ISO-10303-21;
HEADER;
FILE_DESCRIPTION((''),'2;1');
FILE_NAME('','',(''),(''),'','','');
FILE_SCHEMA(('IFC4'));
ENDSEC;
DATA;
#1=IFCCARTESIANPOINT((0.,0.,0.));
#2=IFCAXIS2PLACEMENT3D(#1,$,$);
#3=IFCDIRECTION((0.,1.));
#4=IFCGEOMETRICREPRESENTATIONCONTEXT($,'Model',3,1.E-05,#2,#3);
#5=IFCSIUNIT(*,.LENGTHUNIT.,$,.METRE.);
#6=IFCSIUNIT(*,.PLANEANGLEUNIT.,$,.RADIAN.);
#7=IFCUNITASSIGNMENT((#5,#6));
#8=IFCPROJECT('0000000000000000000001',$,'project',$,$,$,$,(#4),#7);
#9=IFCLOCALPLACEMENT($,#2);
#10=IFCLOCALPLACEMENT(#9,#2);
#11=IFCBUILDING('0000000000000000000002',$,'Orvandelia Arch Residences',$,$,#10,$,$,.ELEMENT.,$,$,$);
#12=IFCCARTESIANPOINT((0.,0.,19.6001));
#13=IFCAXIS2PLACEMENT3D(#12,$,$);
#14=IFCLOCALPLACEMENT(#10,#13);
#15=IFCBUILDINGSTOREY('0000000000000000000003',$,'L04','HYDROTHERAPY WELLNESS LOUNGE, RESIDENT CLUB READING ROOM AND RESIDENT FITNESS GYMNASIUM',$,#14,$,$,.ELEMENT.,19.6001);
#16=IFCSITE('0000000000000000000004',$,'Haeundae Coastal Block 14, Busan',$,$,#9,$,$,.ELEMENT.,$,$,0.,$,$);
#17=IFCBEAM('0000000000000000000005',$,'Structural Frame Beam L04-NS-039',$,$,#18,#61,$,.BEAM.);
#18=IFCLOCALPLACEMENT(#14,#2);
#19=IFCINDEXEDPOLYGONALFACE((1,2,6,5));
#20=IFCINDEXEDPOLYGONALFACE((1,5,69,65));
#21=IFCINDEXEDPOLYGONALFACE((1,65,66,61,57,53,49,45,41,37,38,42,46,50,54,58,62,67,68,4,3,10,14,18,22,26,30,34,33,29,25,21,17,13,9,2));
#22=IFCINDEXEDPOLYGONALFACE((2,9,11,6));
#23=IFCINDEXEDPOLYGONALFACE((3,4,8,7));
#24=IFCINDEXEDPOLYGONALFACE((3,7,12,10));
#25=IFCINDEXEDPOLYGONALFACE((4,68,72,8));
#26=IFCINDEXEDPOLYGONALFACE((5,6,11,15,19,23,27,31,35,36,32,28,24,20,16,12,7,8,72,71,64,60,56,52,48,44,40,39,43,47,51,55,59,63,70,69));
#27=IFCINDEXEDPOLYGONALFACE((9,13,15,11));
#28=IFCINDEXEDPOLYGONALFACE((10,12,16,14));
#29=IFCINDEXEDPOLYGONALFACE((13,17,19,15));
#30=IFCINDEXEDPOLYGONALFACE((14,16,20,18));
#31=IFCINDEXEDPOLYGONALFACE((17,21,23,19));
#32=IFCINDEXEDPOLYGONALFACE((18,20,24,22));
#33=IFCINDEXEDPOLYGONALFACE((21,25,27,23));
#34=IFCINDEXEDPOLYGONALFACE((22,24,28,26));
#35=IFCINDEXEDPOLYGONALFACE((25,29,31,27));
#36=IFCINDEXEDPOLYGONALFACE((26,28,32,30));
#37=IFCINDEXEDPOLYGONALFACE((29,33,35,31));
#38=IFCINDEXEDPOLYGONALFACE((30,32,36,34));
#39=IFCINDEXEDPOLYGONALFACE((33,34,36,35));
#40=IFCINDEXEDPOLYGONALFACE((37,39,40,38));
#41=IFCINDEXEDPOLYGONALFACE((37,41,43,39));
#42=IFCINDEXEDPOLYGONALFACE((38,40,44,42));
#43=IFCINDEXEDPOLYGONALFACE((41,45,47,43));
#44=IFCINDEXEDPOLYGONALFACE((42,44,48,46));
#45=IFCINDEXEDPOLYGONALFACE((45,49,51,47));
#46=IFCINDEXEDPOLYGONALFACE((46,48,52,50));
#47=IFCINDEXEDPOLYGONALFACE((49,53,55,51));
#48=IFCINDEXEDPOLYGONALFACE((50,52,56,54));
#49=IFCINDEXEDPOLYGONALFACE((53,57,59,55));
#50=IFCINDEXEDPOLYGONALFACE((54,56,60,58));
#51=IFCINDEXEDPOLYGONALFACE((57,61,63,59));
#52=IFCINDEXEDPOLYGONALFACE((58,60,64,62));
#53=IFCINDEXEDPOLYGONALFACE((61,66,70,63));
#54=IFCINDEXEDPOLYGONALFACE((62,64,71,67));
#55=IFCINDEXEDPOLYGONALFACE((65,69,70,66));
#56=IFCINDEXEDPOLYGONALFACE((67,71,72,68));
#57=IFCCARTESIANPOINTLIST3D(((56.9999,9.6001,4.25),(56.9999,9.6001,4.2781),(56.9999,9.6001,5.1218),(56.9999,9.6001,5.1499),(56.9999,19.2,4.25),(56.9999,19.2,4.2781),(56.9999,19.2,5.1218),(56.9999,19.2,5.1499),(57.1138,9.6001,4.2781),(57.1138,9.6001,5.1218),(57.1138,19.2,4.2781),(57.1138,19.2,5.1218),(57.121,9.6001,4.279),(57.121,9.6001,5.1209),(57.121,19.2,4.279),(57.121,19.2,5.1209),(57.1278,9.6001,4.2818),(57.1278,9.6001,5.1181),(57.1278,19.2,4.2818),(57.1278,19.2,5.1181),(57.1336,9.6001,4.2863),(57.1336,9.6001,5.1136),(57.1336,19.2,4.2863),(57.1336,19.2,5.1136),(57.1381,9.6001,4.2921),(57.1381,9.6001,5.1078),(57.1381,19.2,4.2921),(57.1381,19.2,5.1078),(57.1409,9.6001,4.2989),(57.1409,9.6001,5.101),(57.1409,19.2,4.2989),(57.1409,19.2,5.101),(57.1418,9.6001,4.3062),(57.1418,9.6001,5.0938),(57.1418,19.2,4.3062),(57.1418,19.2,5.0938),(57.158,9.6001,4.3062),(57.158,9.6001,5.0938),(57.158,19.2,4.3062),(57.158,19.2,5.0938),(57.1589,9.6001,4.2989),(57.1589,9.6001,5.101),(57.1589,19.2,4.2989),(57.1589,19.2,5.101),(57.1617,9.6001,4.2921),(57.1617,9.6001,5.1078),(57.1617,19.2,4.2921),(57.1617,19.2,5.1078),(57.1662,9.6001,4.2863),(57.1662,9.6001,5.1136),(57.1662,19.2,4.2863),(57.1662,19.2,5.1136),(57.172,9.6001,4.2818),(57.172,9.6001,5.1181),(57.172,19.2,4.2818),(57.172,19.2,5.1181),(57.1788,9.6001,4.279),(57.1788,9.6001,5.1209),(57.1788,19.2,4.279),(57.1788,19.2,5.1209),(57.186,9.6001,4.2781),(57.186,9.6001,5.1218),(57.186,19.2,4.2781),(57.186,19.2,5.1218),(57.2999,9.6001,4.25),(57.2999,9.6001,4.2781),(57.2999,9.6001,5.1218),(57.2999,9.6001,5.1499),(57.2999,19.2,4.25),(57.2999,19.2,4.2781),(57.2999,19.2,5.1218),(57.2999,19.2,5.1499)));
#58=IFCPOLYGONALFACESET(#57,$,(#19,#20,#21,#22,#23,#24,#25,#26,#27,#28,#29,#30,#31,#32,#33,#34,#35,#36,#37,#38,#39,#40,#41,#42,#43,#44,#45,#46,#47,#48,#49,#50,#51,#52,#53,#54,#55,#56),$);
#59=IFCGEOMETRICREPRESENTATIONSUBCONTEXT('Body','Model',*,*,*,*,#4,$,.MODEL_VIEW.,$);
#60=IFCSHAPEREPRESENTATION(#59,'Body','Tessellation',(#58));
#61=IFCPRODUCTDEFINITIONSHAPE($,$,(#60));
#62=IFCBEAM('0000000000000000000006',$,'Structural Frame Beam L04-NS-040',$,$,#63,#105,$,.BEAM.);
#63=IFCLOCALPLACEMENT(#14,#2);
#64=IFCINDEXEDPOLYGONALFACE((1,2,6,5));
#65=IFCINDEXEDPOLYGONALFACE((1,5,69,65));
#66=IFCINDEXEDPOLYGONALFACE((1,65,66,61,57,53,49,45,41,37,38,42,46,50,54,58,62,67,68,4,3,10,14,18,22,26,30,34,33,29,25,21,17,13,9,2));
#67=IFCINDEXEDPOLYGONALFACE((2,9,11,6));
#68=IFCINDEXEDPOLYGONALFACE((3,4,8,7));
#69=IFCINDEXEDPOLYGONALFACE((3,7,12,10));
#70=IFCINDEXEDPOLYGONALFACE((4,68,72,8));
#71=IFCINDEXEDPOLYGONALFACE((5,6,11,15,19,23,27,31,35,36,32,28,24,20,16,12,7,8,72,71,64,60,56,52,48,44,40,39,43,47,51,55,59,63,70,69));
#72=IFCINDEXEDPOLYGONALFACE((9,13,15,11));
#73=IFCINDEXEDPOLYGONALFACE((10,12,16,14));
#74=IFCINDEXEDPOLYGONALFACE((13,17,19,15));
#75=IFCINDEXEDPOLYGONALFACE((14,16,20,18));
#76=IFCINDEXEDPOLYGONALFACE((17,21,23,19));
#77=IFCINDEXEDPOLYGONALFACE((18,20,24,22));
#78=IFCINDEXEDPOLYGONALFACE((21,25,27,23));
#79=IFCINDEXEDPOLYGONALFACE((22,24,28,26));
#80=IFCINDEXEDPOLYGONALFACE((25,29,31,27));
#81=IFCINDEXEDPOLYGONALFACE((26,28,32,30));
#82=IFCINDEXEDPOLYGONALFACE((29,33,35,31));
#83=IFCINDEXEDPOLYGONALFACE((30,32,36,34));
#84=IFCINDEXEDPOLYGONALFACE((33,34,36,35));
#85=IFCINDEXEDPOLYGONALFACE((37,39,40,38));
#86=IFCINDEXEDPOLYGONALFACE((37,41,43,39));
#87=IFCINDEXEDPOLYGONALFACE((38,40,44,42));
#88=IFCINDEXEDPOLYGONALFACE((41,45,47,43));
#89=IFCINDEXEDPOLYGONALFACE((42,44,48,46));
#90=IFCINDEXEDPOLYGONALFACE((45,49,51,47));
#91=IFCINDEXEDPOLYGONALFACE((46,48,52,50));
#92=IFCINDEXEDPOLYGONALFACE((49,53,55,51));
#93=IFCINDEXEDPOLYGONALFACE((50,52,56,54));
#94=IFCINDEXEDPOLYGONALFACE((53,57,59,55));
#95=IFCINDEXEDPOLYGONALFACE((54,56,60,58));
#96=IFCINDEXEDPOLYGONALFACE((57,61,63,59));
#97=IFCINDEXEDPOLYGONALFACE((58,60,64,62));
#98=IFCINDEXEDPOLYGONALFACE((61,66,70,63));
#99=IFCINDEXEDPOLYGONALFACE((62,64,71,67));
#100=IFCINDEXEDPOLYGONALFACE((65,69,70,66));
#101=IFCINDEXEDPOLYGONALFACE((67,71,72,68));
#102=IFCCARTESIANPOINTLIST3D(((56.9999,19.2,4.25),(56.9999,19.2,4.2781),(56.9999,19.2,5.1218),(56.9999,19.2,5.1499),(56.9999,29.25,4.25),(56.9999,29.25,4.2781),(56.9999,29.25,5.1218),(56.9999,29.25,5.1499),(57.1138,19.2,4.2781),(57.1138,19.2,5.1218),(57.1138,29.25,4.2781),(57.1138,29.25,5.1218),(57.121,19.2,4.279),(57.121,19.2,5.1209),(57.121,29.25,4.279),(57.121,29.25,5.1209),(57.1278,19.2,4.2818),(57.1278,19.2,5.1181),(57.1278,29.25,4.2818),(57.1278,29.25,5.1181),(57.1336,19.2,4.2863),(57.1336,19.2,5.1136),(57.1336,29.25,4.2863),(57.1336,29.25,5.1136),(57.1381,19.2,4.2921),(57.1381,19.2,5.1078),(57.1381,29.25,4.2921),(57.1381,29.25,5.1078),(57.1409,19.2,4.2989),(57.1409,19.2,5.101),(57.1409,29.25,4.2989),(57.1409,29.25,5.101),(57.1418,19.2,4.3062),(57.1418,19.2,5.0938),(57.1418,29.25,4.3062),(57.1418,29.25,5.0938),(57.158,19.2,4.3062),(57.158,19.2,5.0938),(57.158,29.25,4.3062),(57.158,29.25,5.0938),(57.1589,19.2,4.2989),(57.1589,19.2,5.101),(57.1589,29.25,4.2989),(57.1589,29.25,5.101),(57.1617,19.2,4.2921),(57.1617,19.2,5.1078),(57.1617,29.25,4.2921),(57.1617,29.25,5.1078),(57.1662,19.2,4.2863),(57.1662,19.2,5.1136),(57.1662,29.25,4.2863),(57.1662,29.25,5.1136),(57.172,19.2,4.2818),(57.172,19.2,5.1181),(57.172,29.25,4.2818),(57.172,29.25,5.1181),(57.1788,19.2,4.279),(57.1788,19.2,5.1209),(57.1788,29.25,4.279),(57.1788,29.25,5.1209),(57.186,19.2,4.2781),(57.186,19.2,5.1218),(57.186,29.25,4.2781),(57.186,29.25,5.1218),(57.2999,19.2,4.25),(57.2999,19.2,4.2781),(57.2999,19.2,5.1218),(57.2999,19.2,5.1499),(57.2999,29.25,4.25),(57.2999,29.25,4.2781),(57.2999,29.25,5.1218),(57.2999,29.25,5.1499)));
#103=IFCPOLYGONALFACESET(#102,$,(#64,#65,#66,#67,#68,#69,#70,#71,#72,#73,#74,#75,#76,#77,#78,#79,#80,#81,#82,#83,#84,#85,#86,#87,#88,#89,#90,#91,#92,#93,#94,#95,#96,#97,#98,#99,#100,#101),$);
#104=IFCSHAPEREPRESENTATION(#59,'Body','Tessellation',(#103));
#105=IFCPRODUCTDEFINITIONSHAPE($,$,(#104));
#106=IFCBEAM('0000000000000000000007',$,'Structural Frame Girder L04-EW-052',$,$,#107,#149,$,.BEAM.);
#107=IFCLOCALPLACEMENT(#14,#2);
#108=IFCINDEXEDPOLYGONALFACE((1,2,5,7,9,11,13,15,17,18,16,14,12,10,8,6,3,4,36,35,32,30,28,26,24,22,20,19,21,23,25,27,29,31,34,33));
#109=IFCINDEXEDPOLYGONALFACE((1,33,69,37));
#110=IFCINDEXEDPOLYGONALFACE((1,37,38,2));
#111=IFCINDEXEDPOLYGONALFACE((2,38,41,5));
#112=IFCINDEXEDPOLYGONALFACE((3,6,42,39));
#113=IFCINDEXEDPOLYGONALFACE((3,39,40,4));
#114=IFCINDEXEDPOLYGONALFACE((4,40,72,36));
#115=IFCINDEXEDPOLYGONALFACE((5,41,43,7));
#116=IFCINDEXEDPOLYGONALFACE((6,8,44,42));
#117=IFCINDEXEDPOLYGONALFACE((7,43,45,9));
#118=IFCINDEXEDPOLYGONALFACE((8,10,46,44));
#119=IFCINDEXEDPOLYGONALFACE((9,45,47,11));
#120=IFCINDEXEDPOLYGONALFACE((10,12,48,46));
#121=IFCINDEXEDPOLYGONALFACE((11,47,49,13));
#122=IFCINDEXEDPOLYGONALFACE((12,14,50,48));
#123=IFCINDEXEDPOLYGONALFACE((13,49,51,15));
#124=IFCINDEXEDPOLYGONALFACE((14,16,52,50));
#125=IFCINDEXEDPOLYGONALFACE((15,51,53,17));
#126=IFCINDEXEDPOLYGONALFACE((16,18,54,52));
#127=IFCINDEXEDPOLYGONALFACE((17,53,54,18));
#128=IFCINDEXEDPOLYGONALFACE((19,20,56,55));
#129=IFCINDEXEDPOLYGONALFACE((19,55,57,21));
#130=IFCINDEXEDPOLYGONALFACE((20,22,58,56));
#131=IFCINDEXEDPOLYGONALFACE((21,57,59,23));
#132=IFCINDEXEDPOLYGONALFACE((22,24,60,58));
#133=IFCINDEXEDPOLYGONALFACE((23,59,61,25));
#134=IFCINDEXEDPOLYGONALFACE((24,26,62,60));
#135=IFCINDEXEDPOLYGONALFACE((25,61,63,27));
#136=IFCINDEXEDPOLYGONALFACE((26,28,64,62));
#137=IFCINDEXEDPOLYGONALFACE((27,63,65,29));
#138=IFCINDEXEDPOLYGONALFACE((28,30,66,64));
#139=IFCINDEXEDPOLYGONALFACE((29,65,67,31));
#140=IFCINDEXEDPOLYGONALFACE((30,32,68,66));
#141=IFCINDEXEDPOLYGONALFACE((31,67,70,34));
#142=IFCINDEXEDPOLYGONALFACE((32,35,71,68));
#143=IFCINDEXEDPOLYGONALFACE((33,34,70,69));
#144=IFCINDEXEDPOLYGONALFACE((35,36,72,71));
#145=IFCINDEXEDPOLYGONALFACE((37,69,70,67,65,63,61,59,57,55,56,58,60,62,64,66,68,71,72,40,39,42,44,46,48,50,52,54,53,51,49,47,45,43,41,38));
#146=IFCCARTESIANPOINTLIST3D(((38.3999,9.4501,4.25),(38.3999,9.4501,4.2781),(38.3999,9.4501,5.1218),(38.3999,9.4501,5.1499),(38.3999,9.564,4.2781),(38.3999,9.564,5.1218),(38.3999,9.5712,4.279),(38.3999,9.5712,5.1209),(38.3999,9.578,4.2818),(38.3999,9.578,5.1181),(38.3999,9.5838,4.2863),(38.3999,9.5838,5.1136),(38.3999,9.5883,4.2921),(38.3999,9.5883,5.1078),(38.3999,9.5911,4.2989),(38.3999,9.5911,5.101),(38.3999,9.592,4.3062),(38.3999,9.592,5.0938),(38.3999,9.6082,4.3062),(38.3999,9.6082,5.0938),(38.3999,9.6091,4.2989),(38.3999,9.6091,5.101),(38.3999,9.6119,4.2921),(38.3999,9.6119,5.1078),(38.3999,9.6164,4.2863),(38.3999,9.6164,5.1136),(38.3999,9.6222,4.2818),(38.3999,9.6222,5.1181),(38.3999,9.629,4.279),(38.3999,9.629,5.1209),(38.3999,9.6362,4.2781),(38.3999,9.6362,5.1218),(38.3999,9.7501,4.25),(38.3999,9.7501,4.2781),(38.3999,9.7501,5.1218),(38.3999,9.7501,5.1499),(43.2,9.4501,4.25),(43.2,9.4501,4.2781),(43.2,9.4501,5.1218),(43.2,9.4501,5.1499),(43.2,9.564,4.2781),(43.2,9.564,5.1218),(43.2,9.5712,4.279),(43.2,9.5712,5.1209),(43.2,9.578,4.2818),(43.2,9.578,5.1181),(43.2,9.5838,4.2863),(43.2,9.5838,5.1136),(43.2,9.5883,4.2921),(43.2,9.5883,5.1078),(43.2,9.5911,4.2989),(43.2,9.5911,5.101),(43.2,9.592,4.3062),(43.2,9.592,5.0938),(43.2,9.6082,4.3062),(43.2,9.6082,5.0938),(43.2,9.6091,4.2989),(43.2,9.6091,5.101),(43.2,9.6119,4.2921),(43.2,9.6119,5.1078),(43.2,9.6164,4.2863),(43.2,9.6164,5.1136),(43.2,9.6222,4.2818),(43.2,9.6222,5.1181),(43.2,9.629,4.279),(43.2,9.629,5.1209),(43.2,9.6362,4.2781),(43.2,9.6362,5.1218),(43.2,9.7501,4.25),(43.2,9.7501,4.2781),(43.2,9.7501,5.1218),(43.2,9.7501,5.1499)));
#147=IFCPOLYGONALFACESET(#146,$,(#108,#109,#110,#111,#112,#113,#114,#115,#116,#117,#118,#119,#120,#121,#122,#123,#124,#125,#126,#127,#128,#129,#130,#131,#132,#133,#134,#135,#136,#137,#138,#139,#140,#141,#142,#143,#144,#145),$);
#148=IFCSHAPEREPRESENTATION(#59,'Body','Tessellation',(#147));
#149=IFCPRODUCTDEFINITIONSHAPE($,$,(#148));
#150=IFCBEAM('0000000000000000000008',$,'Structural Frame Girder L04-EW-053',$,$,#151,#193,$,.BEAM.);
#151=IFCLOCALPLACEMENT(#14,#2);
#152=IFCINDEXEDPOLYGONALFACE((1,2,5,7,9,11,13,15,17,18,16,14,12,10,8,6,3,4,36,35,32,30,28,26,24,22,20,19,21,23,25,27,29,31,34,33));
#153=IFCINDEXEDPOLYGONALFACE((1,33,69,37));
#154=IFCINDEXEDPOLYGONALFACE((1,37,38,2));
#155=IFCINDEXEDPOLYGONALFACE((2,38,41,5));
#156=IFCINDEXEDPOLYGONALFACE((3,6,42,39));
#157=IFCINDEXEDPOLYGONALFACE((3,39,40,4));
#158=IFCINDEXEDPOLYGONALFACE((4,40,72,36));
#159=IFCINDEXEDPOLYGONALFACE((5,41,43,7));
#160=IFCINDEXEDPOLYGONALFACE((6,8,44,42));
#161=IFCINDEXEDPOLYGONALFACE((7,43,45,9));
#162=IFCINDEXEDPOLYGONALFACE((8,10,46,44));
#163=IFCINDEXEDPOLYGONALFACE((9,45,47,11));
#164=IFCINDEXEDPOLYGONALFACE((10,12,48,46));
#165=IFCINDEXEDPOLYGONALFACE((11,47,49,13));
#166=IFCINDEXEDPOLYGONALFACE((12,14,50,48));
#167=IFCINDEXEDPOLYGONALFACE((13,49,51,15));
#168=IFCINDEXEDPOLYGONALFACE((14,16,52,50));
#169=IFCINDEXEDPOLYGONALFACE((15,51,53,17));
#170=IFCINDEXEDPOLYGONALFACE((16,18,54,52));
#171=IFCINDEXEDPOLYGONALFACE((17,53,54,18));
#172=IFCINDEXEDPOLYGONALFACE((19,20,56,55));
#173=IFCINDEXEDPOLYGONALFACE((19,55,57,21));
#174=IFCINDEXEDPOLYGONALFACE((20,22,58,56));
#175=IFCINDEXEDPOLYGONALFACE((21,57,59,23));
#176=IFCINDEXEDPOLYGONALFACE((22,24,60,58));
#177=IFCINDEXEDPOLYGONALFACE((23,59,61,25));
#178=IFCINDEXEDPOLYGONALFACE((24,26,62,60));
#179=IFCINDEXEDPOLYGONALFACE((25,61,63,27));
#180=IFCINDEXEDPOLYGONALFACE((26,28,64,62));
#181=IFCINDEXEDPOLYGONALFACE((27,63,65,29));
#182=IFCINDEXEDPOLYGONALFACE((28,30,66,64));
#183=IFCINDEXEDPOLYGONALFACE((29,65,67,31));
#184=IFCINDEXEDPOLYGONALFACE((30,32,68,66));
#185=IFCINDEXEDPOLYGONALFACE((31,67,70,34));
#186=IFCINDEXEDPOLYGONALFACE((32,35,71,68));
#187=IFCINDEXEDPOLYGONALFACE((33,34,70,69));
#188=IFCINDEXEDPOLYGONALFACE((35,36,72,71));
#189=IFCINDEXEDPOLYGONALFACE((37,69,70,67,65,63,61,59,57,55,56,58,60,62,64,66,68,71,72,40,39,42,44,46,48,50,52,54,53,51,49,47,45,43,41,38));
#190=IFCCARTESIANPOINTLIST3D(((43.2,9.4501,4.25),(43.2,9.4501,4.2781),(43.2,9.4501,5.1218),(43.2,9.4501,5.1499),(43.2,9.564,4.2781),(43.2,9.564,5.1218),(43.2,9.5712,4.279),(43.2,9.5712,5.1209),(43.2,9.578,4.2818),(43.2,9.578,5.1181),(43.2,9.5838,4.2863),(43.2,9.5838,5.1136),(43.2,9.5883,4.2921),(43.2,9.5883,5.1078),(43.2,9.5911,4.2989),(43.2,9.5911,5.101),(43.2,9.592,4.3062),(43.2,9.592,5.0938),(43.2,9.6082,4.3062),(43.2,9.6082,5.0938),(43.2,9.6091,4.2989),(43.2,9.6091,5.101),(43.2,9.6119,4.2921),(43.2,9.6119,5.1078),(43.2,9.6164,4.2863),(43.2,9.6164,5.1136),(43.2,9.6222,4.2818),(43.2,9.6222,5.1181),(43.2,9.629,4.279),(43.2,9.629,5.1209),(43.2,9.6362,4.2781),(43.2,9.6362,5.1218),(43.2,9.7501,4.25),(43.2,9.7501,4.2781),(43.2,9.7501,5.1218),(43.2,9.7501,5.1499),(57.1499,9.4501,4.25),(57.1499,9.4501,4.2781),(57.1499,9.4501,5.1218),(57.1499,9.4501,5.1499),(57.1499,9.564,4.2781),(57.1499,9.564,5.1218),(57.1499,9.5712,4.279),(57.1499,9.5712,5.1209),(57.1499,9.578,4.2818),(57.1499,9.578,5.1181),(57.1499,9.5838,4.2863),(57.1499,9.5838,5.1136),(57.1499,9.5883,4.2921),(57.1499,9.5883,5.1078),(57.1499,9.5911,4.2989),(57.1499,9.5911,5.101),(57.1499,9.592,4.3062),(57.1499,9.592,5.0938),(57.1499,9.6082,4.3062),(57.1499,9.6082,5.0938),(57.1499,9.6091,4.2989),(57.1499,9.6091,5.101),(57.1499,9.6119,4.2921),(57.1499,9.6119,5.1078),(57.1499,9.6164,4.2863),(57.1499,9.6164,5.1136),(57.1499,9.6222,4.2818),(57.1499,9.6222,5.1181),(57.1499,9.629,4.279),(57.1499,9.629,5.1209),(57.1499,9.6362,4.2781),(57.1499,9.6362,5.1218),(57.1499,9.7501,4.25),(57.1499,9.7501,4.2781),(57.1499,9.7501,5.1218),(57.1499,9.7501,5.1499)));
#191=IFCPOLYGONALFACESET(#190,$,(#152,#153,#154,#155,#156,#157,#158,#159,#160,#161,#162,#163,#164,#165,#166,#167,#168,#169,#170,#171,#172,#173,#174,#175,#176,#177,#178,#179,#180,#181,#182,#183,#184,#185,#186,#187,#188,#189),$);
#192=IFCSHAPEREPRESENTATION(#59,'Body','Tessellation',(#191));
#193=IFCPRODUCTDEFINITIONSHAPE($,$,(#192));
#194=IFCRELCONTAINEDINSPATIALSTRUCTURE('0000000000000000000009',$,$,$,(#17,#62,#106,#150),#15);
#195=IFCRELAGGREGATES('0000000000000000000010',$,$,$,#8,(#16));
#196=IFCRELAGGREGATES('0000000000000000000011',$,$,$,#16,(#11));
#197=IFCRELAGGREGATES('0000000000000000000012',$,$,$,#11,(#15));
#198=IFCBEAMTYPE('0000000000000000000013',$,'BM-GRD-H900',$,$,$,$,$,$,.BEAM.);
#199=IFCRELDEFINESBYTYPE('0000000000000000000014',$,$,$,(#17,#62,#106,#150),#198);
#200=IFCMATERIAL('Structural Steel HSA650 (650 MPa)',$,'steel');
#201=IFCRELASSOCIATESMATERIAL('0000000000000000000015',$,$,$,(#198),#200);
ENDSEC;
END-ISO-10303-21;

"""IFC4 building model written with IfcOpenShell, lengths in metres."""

from ifc_helpers import new_model, si_unit, direction, frame, origin, origin_2d, place, context, subcontext, project, spatial, i_section, extrude, material, material_profile, profile_set, type_object, element, save


model = new_model("IFC4")

# Units and contexts
model_context = context("Model", 3, precision=1e-05, world=origin(), true_north=direction((0.0, 1.0)))
body_context = subcontext(model_context, "Body", "Model", "MODEL_VIEW")
ifc_project = project(units=[si_unit("LENGTHUNIT", "METRE"), si_unit("PLANEANGLEUNIT", "RADIAN")], contexts=[model_context])

# Site, building, storey
site_placement = place(None, origin())
site = spatial("IfcSite", under=ifc_project, at=site_placement, Name="Haeundae Coastal Block 14, Busan", CompositionType="ELEMENT", RefElevation=0.0)
building_placement = place(site_placement, origin())
building = spatial("IfcBuilding", under=site, at=building_placement, Name="Orvandelia Arch Residences", CompositionType="ELEMENT")
storey_placement = place(building_placement, frame((0.0, 0.0, 19.6001)))
storey = spatial("IfcBuildingStorey", under=building, at=storey_placement, Name="L04", Description="HYDROTHERAPY WELLNESS LOUNGE, RESIDENT CLUB READING ROOM AND RESIDENT FITNESS GYMNASIUM", CompositionType="ELEMENT", Elevation=19.6001)

# Shared definitions
ifc_material_1 = material(Name="Structural Steel HSA650 (650 MPa)", Category="steel")

# Beams
ifc_material_profile_1 = material_profile(ifc_material_1, i_section(OverallWidth=0.3, OverallDepth=0.8999, WebThickness=0.0161, FlangeThickness=0.0281, FilletRadius=0.0281, at=origin_2d()), Name="Structural Steel HSA650 (650 MPa)", Category="steel")
ifc_profile_set_1 = profile_set([ifc_material_profile_1], Name="Structural Steel HSA650 (650 MPa)")
beam_type = type_object("IfcBeamType", Name="BM-GRD-H900", PredefinedType="BEAM", material=ifc_profile_set_1)
beam_1_placement = place(storey_placement, frame((57.1499, 9.6001, 4.7), z_axis=(0.0, 1.0, 0.0), x_axis=(-1.0, 0.0, 0.0)))
element("IfcBeam", 1, at=beam_1_placement, inside=storey, type_object=beam_type, Name="Structural Frame Beam L04-NS-039", PredefinedType="BEAM", context=body_context, shape_type="SweptSolid", body=[
    extrude(i_section(OverallWidth=0.3, OverallDepth=0.8999, WebThickness=0.0161, FlangeThickness=0.0281, FilletRadius=0.0281, at=origin_2d()), origin(), (0.0, 0.0, 1.0), 9.5999),
])
beam_2_placement = place(storey_placement, frame((57.1499, 19.2, 4.7), z_axis=(0.0, 1.0, 0.0), x_axis=(-1.0, 0.0, 0.0)))
element("IfcBeam", 2, at=beam_2_placement, inside=storey, type_object=beam_type, Name="Structural Frame Beam L04-NS-040", PredefinedType="BEAM", context=body_context, shape_type="SweptSolid", body=[
    extrude(i_section(OverallWidth=0.3, OverallDepth=0.8999, WebThickness=0.0161, FlangeThickness=0.0281, FilletRadius=0.0281, at=origin_2d()), origin(), (0.0, 0.0, 1.0), 10.05),
])
beam_3_placement = place(storey_placement, frame((38.3999, 9.6001, 4.7), z_axis=(1.0, 0.0, 0.0), x_axis=(0.0, 1.0, 0.0)))
element("IfcBeam", 3, at=beam_3_placement, inside=storey, type_object=beam_type, Name="Structural Frame Girder L04-EW-052", PredefinedType="BEAM", context=body_context, shape_type="SweptSolid", body=[
    extrude(i_section(OverallWidth=0.3, OverallDepth=0.8999, WebThickness=0.0161, FlangeThickness=0.0281, FilletRadius=0.0281, at=origin_2d()), origin(), (0.0, 0.0, 1.0), 4.8),
])
beam_4_placement = place(storey_placement, frame((43.2, 9.6001, 4.7), z_axis=(1.0, 0.0, 0.0), x_axis=(0.0, 1.0, 0.0)))
element("IfcBeam", 4, at=beam_4_placement, inside=storey, type_object=beam_type, Name="Structural Frame Girder L04-EW-053", PredefinedType="BEAM", context=body_context, shape_type="SweptSolid", body=[
    extrude(i_section(OverallWidth=0.3, OverallDepth=0.8999, WebThickness=0.0161, FlangeThickness=0.0281, FilletRadius=0.0281, at=origin_2d()), origin(), (0.0, 0.0, 1.0), 13.95),
])

save(model, "model.ifc")
